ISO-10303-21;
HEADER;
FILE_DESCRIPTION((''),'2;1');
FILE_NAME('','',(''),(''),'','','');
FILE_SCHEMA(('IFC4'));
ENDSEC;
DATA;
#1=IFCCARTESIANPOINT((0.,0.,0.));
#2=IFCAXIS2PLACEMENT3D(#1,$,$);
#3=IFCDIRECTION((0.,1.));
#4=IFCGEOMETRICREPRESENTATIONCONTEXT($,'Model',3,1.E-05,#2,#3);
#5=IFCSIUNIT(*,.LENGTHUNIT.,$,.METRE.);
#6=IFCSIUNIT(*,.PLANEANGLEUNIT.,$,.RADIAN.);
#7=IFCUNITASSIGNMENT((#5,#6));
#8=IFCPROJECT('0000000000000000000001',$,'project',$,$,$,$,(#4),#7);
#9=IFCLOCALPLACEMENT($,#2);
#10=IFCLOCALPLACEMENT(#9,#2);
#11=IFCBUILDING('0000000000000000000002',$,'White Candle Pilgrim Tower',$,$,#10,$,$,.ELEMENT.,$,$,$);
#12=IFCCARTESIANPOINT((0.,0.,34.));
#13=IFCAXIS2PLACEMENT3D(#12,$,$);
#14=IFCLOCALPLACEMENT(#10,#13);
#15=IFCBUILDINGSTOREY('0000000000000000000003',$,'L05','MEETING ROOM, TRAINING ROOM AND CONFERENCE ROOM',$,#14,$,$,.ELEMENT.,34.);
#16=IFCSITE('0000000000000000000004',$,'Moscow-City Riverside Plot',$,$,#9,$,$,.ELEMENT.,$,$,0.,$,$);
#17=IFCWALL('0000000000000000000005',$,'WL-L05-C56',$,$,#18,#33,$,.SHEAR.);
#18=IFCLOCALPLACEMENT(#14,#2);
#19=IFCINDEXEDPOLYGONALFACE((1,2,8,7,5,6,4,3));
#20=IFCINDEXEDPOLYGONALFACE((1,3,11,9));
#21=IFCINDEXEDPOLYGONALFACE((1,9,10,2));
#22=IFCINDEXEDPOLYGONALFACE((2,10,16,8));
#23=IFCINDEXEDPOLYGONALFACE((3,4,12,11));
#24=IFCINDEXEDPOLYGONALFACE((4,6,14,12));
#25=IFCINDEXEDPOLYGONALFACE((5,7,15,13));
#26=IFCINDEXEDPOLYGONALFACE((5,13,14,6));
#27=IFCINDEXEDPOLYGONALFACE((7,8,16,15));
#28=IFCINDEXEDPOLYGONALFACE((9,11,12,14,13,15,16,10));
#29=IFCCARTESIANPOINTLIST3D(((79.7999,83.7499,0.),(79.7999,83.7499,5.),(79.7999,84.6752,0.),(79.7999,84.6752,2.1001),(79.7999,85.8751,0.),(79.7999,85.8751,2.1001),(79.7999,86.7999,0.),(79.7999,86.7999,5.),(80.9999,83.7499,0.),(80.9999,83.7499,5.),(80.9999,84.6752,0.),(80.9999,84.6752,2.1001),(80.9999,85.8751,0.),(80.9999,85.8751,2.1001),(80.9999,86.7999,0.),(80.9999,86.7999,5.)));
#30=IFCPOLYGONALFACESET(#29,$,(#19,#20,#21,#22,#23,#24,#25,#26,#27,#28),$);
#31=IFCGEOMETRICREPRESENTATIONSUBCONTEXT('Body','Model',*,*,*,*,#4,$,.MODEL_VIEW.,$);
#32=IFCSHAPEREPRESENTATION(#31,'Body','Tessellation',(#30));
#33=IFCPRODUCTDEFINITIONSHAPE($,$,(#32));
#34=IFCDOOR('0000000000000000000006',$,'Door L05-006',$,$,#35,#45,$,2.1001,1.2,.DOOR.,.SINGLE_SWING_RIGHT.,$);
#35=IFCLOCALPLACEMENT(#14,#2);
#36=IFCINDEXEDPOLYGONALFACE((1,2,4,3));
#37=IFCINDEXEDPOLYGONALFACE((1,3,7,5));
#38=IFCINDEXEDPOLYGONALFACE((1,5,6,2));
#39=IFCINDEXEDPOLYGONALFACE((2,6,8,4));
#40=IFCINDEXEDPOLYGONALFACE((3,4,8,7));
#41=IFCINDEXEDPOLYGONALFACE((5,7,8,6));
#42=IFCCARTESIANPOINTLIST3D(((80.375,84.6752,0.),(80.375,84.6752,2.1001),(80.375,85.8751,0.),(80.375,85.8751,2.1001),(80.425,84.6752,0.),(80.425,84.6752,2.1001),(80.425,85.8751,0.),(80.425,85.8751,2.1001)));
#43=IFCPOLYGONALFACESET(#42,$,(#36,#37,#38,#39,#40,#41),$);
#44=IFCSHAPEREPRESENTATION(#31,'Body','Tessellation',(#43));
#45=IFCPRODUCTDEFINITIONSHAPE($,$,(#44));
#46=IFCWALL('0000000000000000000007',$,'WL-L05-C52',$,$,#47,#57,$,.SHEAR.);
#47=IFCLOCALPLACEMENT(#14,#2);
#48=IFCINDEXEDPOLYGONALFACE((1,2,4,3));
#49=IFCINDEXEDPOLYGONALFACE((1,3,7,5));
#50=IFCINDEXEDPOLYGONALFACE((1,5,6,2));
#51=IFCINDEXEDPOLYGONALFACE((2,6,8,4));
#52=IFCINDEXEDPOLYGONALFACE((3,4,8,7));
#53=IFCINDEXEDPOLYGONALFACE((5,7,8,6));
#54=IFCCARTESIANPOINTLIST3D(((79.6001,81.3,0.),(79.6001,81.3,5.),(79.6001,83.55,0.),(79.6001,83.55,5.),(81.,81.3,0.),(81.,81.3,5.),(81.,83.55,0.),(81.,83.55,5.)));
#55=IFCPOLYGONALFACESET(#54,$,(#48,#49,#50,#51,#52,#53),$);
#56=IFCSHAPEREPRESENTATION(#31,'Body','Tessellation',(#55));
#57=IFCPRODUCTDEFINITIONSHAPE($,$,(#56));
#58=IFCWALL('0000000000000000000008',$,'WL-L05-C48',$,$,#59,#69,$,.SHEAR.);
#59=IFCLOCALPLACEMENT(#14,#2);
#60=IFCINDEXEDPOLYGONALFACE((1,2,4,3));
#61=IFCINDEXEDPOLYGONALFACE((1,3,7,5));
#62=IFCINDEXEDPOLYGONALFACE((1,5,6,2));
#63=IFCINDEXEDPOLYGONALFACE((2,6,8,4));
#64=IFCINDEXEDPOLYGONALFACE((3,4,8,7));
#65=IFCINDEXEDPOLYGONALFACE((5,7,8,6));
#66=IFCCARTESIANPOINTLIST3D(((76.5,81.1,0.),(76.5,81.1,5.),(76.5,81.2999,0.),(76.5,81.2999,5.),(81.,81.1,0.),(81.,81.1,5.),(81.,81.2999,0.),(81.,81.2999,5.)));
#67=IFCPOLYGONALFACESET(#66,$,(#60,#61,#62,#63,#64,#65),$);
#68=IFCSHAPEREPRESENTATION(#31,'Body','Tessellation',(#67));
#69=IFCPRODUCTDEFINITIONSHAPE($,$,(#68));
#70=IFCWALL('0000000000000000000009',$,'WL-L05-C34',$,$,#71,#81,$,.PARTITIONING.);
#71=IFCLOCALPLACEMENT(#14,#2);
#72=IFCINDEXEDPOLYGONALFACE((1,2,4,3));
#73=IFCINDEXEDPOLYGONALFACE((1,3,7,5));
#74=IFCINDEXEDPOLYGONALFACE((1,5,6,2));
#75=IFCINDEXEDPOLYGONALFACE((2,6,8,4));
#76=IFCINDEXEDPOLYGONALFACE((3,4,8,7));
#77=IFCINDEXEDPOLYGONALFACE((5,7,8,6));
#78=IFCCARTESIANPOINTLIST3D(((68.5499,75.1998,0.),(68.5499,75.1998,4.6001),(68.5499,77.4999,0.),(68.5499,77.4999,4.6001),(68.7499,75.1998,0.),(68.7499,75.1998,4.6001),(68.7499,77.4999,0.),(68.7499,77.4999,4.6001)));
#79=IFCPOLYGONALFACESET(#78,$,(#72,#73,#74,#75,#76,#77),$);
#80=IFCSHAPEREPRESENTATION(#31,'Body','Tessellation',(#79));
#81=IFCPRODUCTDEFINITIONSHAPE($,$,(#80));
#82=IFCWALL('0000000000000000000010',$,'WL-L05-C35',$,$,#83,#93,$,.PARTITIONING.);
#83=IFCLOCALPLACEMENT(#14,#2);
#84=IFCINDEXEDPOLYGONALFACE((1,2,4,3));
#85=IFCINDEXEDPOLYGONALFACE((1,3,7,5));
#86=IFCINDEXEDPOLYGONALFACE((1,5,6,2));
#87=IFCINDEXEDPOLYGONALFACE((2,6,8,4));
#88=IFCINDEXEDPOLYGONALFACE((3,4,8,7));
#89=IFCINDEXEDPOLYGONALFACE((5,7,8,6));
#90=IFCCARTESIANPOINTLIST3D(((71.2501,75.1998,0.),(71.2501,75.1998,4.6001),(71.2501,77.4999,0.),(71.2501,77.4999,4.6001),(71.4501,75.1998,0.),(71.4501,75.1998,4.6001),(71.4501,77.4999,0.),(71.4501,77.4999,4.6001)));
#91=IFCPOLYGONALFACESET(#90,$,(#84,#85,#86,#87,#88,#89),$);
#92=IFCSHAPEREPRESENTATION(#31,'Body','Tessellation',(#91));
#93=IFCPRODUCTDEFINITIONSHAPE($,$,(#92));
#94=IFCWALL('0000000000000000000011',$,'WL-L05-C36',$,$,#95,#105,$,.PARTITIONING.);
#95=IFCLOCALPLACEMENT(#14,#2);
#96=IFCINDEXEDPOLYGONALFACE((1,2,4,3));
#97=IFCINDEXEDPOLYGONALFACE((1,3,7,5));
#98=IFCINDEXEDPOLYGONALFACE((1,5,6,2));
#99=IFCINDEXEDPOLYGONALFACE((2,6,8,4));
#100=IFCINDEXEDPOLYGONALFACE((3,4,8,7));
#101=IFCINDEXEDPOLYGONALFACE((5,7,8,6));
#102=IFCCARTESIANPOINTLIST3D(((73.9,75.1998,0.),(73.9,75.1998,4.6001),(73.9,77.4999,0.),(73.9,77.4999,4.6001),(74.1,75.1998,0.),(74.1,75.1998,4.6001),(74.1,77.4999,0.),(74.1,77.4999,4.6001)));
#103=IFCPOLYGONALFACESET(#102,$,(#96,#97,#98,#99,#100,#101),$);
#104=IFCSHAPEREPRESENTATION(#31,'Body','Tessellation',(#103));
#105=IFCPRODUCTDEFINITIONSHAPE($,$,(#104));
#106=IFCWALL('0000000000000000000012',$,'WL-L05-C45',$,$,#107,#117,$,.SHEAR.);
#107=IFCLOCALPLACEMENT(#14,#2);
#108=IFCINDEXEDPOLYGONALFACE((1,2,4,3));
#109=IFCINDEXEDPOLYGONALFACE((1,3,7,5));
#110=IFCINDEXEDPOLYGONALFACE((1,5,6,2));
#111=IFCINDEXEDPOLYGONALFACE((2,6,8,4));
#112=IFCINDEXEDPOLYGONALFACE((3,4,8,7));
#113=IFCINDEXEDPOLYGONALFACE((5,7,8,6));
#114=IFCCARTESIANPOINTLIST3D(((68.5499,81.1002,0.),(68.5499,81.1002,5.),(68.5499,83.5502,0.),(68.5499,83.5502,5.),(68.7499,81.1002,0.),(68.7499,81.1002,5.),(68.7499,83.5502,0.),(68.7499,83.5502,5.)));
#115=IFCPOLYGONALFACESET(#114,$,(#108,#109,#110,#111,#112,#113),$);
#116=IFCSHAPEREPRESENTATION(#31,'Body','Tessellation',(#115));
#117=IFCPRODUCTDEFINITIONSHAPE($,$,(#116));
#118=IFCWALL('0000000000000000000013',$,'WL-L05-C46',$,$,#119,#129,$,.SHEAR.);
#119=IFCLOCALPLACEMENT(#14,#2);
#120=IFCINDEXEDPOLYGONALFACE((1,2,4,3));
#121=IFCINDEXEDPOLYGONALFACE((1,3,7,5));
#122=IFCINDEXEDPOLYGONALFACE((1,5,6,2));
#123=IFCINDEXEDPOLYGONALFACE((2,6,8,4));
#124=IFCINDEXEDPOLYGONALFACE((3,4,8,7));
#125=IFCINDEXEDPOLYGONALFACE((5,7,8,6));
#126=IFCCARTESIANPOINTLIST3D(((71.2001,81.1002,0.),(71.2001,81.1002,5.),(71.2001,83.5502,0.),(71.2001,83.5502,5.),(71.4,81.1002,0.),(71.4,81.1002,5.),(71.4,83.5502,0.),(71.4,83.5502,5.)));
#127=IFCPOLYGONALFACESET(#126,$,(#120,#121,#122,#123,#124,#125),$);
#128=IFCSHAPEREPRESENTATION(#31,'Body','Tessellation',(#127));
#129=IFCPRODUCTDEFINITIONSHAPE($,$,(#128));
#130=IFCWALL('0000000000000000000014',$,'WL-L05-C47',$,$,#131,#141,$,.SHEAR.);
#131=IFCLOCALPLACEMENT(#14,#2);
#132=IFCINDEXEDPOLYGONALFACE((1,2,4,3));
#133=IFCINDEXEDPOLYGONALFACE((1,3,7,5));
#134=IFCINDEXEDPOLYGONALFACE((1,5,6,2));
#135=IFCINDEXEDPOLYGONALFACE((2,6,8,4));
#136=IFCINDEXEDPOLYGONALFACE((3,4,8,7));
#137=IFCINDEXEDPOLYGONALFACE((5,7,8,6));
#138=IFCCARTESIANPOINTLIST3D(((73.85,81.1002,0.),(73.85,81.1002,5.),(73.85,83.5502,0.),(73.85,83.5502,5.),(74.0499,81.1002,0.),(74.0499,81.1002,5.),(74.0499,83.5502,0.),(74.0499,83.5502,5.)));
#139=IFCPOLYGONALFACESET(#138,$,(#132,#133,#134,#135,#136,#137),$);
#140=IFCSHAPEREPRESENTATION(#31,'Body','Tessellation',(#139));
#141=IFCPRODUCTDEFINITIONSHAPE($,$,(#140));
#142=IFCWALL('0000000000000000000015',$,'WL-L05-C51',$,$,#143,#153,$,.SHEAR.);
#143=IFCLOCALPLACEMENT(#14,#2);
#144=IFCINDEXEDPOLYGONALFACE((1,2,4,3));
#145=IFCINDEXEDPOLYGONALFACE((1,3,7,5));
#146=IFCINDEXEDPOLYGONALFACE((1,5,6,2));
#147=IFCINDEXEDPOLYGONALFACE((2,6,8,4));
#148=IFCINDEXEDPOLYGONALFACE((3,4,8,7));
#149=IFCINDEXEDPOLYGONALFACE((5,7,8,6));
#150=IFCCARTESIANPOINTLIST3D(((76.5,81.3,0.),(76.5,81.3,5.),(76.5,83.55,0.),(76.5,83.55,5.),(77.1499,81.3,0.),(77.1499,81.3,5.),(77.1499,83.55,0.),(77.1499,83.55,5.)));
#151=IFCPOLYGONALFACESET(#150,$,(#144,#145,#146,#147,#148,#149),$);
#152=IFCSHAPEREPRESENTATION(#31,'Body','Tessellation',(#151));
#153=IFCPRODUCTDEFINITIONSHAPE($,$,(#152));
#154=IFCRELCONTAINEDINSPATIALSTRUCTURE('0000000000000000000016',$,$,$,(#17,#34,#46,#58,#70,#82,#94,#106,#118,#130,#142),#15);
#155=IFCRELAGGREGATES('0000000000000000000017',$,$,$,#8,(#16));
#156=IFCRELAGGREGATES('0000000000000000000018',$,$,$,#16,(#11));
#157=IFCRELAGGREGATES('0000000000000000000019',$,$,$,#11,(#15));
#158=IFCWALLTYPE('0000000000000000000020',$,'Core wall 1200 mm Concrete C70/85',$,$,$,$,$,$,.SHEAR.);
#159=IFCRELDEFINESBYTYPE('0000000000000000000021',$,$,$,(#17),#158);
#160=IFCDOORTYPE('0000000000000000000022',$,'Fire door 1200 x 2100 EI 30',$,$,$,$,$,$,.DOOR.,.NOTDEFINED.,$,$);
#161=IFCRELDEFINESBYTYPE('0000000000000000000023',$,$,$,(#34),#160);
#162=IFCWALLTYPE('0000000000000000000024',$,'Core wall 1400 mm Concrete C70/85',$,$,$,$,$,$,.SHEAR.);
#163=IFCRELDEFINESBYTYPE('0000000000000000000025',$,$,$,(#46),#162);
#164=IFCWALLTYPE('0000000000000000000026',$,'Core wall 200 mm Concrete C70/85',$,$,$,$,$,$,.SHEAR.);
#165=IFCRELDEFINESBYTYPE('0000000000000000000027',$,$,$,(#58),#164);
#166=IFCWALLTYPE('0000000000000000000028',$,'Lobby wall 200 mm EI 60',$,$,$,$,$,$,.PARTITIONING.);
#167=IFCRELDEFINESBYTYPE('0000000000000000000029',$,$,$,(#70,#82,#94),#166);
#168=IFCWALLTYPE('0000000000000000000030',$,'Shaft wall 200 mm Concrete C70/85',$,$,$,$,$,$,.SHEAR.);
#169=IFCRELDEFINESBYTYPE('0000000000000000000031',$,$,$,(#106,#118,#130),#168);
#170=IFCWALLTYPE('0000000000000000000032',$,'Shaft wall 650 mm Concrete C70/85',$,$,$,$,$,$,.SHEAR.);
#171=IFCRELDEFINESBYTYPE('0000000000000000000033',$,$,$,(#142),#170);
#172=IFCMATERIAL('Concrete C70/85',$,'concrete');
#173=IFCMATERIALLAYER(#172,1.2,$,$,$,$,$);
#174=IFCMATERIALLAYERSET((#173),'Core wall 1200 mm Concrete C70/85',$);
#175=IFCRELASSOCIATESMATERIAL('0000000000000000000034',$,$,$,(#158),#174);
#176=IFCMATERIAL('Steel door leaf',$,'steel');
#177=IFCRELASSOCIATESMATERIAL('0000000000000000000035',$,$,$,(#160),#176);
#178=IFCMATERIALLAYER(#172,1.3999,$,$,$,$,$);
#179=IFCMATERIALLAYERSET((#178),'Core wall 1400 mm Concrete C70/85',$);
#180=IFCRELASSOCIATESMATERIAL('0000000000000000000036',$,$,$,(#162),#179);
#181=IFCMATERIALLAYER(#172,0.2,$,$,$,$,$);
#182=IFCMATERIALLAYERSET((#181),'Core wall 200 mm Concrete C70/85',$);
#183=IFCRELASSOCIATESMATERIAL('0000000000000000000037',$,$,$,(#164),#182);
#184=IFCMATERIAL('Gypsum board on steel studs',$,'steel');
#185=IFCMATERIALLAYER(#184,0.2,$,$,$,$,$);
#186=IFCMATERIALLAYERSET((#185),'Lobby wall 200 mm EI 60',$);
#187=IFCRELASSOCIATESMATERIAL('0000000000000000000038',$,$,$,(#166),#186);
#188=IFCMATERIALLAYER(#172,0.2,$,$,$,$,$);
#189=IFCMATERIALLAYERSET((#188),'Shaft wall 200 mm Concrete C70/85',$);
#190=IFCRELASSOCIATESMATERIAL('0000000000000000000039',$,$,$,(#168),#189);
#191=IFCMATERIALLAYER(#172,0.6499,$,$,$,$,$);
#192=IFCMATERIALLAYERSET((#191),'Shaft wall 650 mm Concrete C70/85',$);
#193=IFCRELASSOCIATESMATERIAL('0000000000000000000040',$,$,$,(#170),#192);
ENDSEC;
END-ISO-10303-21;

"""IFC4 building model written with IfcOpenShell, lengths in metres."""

from ifc_helpers import new_model, si_unit, direction, frame, frame_2d, origin, place, context, subcontext, project, spatial, rectangle, extrude, material, layer, layer_set, type_object, element, fill, save


model = new_model("IFC4")

# Units and contexts
model_context = context("Model", 3, precision=1e-05, world=origin(), true_north=direction((0.0, 1.0)))
body_context = subcontext(model_context, "Body", "Model", "MODEL_VIEW")
ifc_project = project(units=[si_unit("LENGTHUNIT", "METRE"), si_unit("PLANEANGLEUNIT", "RADIAN")], contexts=[model_context])

# Site, building, storey
site_placement = place(None, origin())
site = spatial("IfcSite", under=ifc_project, at=site_placement, Name="Moscow-City Riverside Plot", CompositionType="ELEMENT", RefElevation=0.0)
building_placement = place(site_placement, origin())
building = spatial("IfcBuilding", under=site, at=building_placement, Name="White Candle Pilgrim Tower", CompositionType="ELEMENT")
storey_placement = place(building_placement, frame((0.0, 0.0, 34.0)))
storey = spatial("IfcBuildingStorey", under=building, at=storey_placement, Name="L05", Description="MEETING ROOM, TRAINING ROOM AND CONFERENCE ROOM", CompositionType="ELEMENT", Elevation=34.0)

# Wall, opening, door
ifc_material_1 = material(Name="Concrete C70/85", Category="concrete")
ifc_layer_1 = layer(ifc_material_1, 1.2)
ifc_layer_set_1 = layer_set([ifc_layer_1], Name="Core wall 1200 mm Concrete C70/85")
wall_type_1 = type_object("IfcWallType", Name="Core wall 1200 mm Concrete C70/85", PredefinedType="SHEAR", material=ifc_layer_set_1)
wall_1_placement = place(storey_placement, frame((80.3999, 83.75, 0.0), z_axis=(0.0, 0.0, 1.0), x_axis=(0.0, 1.0, 0.0)))
wall_1 = element("IfcWall", 1, at=wall_1_placement, inside=storey, type_object=wall_type_1, Name="WL-L05-C56", PredefinedType="SHEAR", context=body_context, shape_type="SweptSolid", body=[
    extrude(rectangle(XDim=3.05, YDim=1.2, at=frame_2d((1.5249, 0.0))), origin(), (0.0, 0.0, 1.0), 5.0),
])
opening_1_placement = place(wall_1_placement, frame((0.925, 0.0, 0.0)))
opening_1 = element("IfcOpeningElement", 2, at=opening_1_placement, cuts=wall_1, PredefinedType="OPENING", context=body_context, shape_type="SweptSolid", body=[
    extrude(rectangle(XDim=1.2, YDim=2.1001, at=frame_2d((0.6001, 1.05))), frame((0.0, 0.6099, 0.0), z_axis=(0.0, -1.0, 0.0), x_axis=(1.0, 0.0, 0.0)), (0.0, 0.0, 1.0), 1.22),
])
ifc_material_2 = material(Name="Steel door leaf", Category="steel")
door_type_1 = type_object("IfcDoorType", Name="Fire door 1200 x 2100 EI 30", OperationType="NOTDEFINED", PredefinedType="DOOR", material=ifc_material_2)
door_1_placement = place(opening_1_placement, origin())
door_1 = element("IfcDoor", 3, at=door_1_placement, inside=storey, type_object=door_type_1, Name="Door L05-006", OperationType="SINGLE_SWING_RIGHT", OverallHeight=2.1001, OverallWidth=1.2, PredefinedType="DOOR", context=body_context, shape_type="SweptSolid", body=[
    extrude(rectangle(XDim=1.2, YDim=2.1001, at=frame_2d((0.6001, 1.05))), frame((0.0, 0.0249, 0.0), z_axis=(0.0, -1.0, 0.0), x_axis=(1.0, 0.0, 0.0)), (0.0, 0.0, 1.0), 0.05),
])
fill(opening_1, door_1)

# Walls
ifc_layer_2 = layer(ifc_material_1, 1.3999)
ifc_layer_set_2 = layer_set([ifc_layer_2], Name="Core wall 1400 mm Concrete C70/85")
wall_type_2 = type_object("IfcWallType", Name="Core wall 1400 mm Concrete C70/85", PredefinedType="SHEAR", material=ifc_layer_set_2)
wall_2_placement = place(storey_placement, frame((80.3, 81.3, 0.0), z_axis=(0.0, 0.0, 1.0), x_axis=(0.0, 1.0, 0.0)))
element("IfcWall", 4, at=wall_2_placement, inside=storey, type_object=wall_type_2, Name="WL-L05-C52", PredefinedType="SHEAR", context=body_context, shape_type="SweptSolid", body=[
    extrude(rectangle(XDim=2.25, YDim=1.3999, at=frame_2d((1.125, 0.0))), origin(), (0.0, 0.0, 1.0), 5.0),
])
ifc_layer_3 = layer(ifc_material_1, 0.2)
ifc_layer_set_3 = layer_set([ifc_layer_3], Name="Core wall 200 mm Concrete C70/85")
wall_type_3 = type_object("IfcWallType", Name="Core wall 200 mm Concrete C70/85", PredefinedType="SHEAR", material=ifc_layer_set_3)
wall_3_placement = place(storey_placement, frame((76.5, 81.2, 0.0), z_axis=(0.0, 0.0, 1.0), x_axis=(1.0, 0.0, 0.0)))
element("IfcWall", 5, at=wall_3_placement, inside=storey, type_object=wall_type_3, Name="WL-L05-C48", PredefinedType="SHEAR", context=body_context, shape_type="SweptSolid", body=[
    extrude(rectangle(XDim=4.5, YDim=0.2, at=frame_2d((2.25, 0.0))), origin(), (0.0, 0.0, 1.0), 5.0),
])
ifc_material_3 = material(Name="Gypsum board on steel studs", Category="steel")
ifc_layer_4 = layer(ifc_material_3, 0.2)
ifc_layer_set_4 = layer_set([ifc_layer_4], Name="Lobby wall 200 mm EI 60")
wall_type_4 = type_object("IfcWallType", Name="Lobby wall 200 mm EI 60", PredefinedType="PARTITIONING", material=ifc_layer_set_4)
for number, where, z_axis, x_axis, name in (
    (6, (68.6499, 75.2, 0.0), (0.0, 0.0, 1.0), (0.0, 1.0, 0.0), "WL-L05-C34"),
    (7, (71.3501, 75.2, 0.0), (0.0, 0.0, 1.0), (0.0, 1.0, 0.0), "WL-L05-C35"),
    (8, (74.0, 75.2, 0.0), (0.0, 0.0, 1.0), (0.0, 1.0, 0.0), "WL-L05-C36"),
):
    element("IfcWall", number, at=place(storey_placement, frame(where, z_axis=z_axis, x_axis=x_axis)), inside=storey, type_object=wall_type_4, Name=name, PredefinedType="PARTITIONING", context=body_context, shape_type="SweptSolid", body=[
        extrude(rectangle(XDim=2.3, YDim=0.2, at=frame_2d((1.1499, 0.0))), origin(), (0.0, 0.0, 1.0), 4.6001),
    ])
ifc_layer_5 = layer(ifc_material_1, 0.2)
ifc_layer_set_5 = layer_set([ifc_layer_5], Name="Shaft wall 200 mm Concrete C70/85")
wall_type_5 = type_object("IfcWallType", Name="Shaft wall 200 mm Concrete C70/85", PredefinedType="SHEAR", material=ifc_layer_set_5)
for number, where, z_axis, x_axis, name in (
    (9, (68.6499, 81.1001, 0.0), (0.0, 0.0, 1.0), (0.0, 1.0, 0.0), "WL-L05-C45"),
    (10, (71.3, 81.1001, 0.0), (0.0, 0.0, 1.0), (0.0, 1.0, 0.0), "WL-L05-C46"),
    (11, (73.95, 81.1001, 0.0), (0.0, 0.0, 1.0), (0.0, 1.0, 0.0), "WL-L05-C47"),
):
    element("IfcWall", number, at=place(storey_placement, frame(where, z_axis=z_axis, x_axis=x_axis)), inside=storey, type_object=wall_type_5, Name=name, PredefinedType="SHEAR", context=body_context, shape_type="SweptSolid", body=[
        extrude(rectangle(XDim=2.45, YDim=0.2, at=frame_2d((1.2251, 0.0))), origin(), (0.0, 0.0, 1.0), 5.0),
    ])
ifc_layer_6 = layer(ifc_material_1, 0.6499)
ifc_layer_set_6 = layer_set([ifc_layer_6], Name="Shaft wall 650 mm Concrete C70/85")
wall_type_6 = type_object("IfcWallType", Name="Shaft wall 650 mm Concrete C70/85", PredefinedType="SHEAR", material=ifc_layer_set_6)
wall_4_placement = place(storey_placement, frame((76.825, 81.3, 0.0), z_axis=(0.0, 0.0, 1.0), x_axis=(0.0, 1.0, 0.0)))
element("IfcWall", 12, at=wall_4_placement, inside=storey, type_object=wall_type_6, Name="WL-L05-C51", PredefinedType="SHEAR", context=body_context, shape_type="SweptSolid", body=[
    extrude(rectangle(XDim=2.25, YDim=0.6499, at=frame_2d((1.125, 0.0))), origin(), (0.0, 0.0, 1.0), 5.0),
])

save(model, "model.ifc")
